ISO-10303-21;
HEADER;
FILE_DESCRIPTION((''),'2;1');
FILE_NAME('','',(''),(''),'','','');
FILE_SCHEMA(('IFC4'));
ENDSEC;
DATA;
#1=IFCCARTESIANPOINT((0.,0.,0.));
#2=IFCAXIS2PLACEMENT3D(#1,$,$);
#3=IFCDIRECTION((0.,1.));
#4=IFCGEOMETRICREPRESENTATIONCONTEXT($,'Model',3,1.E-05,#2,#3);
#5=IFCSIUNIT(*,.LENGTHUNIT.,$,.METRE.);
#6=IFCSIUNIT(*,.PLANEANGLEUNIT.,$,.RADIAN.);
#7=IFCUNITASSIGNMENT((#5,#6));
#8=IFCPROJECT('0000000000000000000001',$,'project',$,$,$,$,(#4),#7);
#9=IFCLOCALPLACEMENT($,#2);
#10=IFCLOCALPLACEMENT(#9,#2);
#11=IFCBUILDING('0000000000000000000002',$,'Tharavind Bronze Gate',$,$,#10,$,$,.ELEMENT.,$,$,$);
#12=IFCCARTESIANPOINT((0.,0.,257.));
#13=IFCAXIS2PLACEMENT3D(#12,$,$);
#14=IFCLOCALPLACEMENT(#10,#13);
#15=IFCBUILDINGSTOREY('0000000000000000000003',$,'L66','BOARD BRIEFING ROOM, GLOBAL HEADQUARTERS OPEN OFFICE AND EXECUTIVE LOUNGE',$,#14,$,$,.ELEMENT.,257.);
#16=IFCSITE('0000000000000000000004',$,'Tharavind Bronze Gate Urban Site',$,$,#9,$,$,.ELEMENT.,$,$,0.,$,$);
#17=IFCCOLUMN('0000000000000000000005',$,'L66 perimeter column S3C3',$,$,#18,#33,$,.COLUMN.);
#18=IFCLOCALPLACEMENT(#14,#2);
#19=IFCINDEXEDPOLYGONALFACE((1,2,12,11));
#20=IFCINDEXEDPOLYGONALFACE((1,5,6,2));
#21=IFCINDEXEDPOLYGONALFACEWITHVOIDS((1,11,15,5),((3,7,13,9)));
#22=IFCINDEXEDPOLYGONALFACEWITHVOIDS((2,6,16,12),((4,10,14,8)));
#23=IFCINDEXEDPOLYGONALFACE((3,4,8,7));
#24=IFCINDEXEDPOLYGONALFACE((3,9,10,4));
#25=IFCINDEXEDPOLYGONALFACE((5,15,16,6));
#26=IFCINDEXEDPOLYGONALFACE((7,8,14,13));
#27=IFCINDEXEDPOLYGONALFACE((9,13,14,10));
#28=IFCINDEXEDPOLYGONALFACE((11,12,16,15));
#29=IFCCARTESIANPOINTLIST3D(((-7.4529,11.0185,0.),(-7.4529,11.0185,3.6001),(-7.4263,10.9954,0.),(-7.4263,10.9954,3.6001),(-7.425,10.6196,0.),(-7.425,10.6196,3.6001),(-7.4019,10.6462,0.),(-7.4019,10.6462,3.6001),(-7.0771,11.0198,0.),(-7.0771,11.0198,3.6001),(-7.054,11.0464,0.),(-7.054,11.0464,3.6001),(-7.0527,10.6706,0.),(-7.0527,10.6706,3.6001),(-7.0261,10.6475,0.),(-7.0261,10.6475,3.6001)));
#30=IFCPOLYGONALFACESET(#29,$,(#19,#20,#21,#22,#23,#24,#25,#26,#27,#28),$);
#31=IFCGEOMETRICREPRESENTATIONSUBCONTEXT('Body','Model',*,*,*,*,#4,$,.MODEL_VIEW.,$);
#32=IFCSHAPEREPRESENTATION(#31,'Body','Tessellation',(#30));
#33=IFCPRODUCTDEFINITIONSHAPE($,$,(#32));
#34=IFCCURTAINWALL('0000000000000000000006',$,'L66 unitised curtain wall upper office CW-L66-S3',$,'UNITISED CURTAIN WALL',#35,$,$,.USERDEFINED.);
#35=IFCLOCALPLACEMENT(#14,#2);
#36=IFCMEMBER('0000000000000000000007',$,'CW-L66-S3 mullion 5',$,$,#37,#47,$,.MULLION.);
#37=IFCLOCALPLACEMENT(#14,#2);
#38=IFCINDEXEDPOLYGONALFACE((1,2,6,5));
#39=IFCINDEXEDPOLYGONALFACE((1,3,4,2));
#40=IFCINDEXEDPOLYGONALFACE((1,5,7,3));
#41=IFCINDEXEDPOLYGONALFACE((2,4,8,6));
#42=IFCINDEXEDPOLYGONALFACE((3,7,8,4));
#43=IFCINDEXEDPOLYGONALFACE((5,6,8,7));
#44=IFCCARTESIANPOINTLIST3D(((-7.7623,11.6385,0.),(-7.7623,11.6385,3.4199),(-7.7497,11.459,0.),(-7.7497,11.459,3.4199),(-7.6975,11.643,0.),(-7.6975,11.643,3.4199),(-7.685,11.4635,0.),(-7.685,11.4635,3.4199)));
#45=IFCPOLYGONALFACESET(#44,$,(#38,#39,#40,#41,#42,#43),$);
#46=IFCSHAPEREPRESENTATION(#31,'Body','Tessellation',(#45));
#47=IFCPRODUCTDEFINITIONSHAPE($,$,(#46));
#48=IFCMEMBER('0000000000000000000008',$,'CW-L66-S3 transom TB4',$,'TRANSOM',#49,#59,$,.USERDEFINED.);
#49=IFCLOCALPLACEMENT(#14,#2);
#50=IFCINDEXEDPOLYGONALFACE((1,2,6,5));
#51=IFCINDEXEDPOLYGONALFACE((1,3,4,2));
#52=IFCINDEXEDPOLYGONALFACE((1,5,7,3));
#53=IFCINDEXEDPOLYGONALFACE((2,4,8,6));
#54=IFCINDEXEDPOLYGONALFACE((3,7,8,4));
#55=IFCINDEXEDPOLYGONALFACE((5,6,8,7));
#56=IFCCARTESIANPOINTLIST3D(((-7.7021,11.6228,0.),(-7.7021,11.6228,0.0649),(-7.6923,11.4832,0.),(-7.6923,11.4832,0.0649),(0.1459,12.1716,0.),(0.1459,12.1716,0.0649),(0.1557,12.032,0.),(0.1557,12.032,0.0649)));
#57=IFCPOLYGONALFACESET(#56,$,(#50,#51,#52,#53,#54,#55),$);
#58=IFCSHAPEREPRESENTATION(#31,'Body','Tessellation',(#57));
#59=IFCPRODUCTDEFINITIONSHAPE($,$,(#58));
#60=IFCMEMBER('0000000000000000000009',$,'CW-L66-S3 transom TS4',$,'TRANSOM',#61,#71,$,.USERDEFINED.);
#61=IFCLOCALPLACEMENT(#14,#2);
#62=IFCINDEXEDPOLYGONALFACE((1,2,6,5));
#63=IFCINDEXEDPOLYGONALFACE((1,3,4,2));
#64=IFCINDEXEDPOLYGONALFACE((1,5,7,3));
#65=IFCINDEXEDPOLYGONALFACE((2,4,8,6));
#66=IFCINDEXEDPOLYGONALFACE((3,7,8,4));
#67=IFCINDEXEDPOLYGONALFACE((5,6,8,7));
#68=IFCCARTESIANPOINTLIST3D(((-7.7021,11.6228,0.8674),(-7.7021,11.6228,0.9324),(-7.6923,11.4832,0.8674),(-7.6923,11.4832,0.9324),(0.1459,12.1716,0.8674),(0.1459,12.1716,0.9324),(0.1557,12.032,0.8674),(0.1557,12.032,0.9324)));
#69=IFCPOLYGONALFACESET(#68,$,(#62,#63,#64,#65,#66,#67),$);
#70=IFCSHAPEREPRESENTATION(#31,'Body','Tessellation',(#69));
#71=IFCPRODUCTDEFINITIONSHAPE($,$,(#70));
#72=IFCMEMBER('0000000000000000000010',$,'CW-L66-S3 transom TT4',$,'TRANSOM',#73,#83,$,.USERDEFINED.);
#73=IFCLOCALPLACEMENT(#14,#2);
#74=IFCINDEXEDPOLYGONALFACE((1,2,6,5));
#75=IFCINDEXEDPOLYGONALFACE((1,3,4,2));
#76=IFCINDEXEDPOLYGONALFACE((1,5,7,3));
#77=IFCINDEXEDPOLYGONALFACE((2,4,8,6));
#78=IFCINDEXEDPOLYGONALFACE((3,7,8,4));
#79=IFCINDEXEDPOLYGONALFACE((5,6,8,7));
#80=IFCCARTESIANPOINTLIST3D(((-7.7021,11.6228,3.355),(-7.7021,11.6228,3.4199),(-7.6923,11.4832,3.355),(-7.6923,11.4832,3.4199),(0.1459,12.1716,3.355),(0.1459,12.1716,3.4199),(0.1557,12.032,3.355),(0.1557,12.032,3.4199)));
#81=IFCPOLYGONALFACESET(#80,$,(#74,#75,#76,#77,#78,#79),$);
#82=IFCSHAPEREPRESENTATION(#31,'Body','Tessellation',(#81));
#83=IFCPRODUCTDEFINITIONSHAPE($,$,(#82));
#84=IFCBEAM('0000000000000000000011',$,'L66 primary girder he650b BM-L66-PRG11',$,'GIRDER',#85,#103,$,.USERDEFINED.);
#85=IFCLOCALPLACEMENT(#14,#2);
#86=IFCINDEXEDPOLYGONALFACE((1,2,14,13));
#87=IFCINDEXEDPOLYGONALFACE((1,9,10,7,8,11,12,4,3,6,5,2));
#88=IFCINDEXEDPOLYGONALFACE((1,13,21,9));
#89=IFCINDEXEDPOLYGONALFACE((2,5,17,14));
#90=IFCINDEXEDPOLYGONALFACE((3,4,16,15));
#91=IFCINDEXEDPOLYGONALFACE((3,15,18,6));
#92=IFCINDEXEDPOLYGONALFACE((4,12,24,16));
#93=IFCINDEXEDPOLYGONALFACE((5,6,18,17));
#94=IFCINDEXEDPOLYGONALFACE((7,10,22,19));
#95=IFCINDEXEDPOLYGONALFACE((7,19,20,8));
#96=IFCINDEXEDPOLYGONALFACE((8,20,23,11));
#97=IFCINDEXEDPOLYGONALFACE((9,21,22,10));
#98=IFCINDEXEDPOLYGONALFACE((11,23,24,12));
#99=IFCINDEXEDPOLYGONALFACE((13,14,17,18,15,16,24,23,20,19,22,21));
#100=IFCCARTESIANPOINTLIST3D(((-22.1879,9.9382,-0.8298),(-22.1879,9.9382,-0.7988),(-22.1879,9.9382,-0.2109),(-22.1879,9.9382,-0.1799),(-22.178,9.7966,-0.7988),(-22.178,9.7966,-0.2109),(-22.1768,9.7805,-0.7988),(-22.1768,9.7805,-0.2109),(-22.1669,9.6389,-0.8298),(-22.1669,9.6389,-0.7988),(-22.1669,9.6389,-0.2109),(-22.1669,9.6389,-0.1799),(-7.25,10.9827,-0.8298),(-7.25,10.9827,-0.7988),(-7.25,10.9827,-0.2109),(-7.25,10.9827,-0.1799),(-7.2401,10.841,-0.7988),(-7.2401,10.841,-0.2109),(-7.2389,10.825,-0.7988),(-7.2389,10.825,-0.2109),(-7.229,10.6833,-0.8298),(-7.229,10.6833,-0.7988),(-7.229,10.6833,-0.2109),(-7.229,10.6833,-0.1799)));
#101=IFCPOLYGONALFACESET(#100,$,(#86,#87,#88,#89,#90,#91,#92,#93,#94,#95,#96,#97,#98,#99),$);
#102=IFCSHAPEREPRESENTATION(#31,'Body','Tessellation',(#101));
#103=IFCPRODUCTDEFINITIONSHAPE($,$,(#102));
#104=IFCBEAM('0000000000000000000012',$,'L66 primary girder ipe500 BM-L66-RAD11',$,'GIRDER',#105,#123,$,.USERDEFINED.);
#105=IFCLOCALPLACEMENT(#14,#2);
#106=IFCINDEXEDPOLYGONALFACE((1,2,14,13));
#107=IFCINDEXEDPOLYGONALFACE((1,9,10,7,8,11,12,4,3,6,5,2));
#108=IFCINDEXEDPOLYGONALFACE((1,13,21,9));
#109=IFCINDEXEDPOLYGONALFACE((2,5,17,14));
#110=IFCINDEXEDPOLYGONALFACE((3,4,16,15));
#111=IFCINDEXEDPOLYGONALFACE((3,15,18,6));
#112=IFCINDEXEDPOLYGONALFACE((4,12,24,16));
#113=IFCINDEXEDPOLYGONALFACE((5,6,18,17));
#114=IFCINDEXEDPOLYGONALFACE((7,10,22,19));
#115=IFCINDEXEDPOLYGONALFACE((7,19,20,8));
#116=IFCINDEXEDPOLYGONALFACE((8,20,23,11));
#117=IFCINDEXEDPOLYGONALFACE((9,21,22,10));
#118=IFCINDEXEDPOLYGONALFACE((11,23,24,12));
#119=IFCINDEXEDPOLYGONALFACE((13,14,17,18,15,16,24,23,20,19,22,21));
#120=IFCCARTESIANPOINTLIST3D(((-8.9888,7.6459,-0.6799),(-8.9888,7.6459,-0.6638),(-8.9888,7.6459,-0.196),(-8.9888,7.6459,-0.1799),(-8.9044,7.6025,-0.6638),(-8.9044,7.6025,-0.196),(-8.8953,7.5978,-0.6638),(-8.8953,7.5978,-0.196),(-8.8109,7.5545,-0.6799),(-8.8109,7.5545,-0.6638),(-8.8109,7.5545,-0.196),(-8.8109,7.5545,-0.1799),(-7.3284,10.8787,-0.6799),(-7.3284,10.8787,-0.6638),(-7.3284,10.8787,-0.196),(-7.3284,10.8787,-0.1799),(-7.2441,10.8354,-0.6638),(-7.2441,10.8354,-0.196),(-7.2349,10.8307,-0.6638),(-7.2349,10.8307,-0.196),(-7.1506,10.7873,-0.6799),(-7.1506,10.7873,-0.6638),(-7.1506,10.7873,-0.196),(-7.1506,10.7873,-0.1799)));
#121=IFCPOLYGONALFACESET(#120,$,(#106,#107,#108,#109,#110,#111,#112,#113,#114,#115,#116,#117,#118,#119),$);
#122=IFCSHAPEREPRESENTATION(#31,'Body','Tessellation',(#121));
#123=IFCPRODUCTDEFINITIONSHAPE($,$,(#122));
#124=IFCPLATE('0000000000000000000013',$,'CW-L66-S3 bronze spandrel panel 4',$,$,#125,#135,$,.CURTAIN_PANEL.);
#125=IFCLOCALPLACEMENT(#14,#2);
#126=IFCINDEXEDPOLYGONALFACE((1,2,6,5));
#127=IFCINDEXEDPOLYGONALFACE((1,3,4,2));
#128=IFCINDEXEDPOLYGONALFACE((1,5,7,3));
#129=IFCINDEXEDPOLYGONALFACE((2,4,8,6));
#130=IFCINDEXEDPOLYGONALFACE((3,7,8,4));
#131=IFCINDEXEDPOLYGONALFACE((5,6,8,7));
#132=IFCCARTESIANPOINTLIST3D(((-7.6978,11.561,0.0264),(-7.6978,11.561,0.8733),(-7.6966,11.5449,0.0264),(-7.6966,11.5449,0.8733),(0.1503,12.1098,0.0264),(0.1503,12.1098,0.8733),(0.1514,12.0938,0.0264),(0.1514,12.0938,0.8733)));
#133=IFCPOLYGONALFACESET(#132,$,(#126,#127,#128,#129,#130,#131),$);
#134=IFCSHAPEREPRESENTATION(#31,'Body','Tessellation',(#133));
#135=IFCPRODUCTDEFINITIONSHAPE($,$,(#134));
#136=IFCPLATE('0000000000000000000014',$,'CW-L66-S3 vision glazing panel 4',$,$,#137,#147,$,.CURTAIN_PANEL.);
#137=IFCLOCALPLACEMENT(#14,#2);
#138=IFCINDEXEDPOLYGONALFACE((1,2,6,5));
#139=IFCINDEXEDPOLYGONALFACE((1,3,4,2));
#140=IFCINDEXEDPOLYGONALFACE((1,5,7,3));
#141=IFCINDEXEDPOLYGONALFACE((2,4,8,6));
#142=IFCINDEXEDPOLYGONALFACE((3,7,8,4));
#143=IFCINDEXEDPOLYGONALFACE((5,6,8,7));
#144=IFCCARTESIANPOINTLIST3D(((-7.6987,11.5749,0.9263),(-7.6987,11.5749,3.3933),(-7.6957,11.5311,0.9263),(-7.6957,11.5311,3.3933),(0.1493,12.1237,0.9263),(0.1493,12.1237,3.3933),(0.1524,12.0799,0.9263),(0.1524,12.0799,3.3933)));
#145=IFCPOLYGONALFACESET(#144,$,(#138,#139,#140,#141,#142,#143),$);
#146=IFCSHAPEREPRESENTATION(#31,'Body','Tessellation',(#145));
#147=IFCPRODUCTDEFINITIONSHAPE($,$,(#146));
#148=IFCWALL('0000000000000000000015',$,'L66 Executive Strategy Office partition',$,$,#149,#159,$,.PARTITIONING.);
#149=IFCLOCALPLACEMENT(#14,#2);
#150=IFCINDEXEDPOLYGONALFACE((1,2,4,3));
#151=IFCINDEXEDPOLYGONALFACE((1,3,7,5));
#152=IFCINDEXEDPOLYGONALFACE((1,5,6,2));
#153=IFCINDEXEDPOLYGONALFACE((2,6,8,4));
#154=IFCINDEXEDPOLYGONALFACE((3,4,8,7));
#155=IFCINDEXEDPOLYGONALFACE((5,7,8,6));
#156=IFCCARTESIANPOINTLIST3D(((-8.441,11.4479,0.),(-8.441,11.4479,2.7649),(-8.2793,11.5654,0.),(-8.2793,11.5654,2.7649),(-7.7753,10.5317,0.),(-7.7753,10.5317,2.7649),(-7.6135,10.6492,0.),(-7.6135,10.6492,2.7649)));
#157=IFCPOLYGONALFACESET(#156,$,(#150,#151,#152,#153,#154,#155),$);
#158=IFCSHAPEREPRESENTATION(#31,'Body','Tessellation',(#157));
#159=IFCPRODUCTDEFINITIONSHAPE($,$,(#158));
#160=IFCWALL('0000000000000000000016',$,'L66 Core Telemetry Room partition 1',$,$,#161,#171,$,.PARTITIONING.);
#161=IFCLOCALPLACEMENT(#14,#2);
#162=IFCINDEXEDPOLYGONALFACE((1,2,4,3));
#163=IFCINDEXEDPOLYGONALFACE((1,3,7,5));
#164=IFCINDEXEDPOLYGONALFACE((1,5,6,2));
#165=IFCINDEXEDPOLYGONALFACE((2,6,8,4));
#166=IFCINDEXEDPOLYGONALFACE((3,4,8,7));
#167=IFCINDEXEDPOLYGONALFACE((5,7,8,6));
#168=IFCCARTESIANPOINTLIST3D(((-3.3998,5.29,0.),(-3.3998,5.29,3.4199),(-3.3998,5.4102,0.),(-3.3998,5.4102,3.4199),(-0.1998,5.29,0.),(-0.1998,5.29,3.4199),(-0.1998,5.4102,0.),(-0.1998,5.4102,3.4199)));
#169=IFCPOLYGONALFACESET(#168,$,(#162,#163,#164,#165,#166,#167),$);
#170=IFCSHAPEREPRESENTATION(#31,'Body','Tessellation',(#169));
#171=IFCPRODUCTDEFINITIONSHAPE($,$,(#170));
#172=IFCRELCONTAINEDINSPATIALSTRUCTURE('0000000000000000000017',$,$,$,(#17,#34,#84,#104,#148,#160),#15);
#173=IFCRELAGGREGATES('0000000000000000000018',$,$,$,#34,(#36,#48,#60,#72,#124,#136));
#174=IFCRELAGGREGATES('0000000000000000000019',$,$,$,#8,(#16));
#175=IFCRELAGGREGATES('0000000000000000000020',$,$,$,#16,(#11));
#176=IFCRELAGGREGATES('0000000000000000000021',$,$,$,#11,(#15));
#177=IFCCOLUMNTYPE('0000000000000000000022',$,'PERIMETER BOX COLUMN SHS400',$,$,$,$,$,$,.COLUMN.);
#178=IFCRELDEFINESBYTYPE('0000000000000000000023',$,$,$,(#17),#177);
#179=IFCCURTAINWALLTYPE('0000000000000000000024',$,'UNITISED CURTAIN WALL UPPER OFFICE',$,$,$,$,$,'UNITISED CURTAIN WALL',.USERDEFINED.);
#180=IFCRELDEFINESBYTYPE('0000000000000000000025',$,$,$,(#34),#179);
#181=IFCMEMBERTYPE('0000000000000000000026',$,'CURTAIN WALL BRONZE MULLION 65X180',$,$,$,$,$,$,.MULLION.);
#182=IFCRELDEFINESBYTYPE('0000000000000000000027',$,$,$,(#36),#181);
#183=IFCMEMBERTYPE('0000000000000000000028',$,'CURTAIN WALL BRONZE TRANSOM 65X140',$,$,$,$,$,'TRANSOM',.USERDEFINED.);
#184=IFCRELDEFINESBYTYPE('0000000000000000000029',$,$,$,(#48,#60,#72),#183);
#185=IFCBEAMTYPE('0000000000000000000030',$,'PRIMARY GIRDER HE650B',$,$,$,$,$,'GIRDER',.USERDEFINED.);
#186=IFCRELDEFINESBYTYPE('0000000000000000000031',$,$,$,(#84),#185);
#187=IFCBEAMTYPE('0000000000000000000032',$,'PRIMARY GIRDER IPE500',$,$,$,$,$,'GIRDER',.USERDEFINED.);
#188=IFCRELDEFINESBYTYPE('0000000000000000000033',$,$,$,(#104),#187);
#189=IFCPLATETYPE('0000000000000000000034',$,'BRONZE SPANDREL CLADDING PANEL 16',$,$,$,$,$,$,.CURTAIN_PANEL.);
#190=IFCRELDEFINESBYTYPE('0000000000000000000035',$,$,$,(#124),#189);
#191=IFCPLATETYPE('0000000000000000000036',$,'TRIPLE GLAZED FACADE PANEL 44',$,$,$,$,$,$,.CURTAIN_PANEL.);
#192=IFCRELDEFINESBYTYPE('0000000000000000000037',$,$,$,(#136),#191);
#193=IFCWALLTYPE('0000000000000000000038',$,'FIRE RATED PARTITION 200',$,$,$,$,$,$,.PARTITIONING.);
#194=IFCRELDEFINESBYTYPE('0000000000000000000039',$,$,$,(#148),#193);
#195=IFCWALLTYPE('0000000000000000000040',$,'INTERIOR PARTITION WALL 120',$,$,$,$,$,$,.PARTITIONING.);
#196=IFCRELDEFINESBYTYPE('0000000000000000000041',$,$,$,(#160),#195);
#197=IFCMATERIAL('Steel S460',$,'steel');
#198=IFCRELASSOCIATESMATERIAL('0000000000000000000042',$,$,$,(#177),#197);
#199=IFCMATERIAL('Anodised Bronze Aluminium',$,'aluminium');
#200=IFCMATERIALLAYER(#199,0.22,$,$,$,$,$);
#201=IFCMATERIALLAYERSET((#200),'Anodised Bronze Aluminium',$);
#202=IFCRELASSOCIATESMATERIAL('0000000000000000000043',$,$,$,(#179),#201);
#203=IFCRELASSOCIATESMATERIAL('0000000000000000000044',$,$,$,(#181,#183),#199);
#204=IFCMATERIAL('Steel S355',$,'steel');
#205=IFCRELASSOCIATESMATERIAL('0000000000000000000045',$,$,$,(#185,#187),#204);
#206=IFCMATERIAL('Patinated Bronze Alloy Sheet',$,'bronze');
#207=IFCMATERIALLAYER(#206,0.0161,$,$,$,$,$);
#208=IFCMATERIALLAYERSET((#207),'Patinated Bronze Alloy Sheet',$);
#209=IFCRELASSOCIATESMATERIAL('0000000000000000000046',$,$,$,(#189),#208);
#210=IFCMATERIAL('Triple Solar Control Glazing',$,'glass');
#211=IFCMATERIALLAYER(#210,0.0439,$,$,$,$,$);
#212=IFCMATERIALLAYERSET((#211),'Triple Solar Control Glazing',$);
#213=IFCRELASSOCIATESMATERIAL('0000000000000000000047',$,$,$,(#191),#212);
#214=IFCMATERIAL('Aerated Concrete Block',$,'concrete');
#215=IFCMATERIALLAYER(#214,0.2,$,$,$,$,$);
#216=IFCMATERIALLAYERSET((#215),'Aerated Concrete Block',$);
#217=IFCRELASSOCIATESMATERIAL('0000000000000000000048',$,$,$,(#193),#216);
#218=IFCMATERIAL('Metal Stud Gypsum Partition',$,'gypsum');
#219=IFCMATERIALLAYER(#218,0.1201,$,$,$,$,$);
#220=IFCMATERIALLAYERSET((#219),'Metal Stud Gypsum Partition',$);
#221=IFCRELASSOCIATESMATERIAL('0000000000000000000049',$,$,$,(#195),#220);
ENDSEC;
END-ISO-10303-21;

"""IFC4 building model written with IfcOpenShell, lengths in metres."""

from ifc_helpers import new_model, si_unit, direction, frame, frame_2d, origin, origin_2d, place, context, subcontext, project, spatial, rectangle, hollow_rectangle, i_section, extrude, material, layer, layer_set, material_profile, profile_set, type_object, element, aggregate, save


model = new_model("IFC4")

# Units and contexts
model_context = context("Model", 3, precision=1e-05, world=origin(), true_north=direction((0.0, 1.0)))
body_context = subcontext(model_context, "Body", "Model", "MODEL_VIEW")
ifc_project = project(units=[si_unit("LENGTHUNIT", "METRE"), si_unit("PLANEANGLEUNIT", "RADIAN")], contexts=[model_context])

# Site, building, storey
site_placement = place(None, origin())
site = spatial("IfcSite", under=ifc_project, at=site_placement, Name="Tharavind Bronze Gate Urban Site", CompositionType="ELEMENT", RefElevation=0.0)
building_placement = place(site_placement, origin())
building = spatial("IfcBuilding", under=site, at=building_placement, Name="Tharavind Bronze Gate", CompositionType="ELEMENT")
storey_placement = place(building_placement, frame((0.0, 0.0, 257.0)))
storey = spatial("IfcBuildingStorey", under=building, at=storey_placement, Name="L66", Description="BOARD BRIEFING ROOM, GLOBAL HEADQUARTERS OPEN OFFICE AND EXECUTIVE LOUNGE", CompositionType="ELEMENT", Elevation=257.0)

# Column
ifc_material_1 = material(Name="Steel S460", Category="steel")
ifc_material_profile_1 = material_profile(ifc_material_1, hollow_rectangle(XDim=0.3999, YDim=0.3999, WallThickness=0.0249, at=origin_2d()), Name="SHS400X25")
ifc_profile_set_1 = profile_set([ifc_material_profile_1], Name="Steel S460")
column_type = type_object("IfcColumnType", Name="PERIMETER BOX COLUMN SHS400", PredefinedType="COLUMN", material=ifc_profile_set_1)
column_placement = place(storey_placement, frame((-7.2395, 10.833, 0.0), z_axis=(0.0, 0.0, 1.0), x_axis=(0.997564, 0.069758, 0.0)))
element("IfcColumn", 1, at=column_placement, inside=storey, type_object=column_type, Name="L66 perimeter column S3C3", PredefinedType="COLUMN", context=body_context, shape_type="SweptSolid", body=[
    extrude(hollow_rectangle(XDim=0.3999, YDim=0.3999, WallThickness=0.0249, at=origin_2d()), origin(), (0.0, 0.0, 1.0), 3.6001),
])

# Curtain wall, members
ifc_material_2 = material(Name="Anodised Bronze Aluminium", Category="aluminium")
ifc_layer_1 = layer(ifc_material_2, 0.22)
ifc_layer_set_1 = layer_set([ifc_layer_1], Name="Anodised Bronze Aluminium")
curtain_wall_type = type_object("IfcCurtainWallType", Name="UNITISED CURTAIN WALL UPPER OFFICE", ElementType="UNITISED CURTAIN WALL", PredefinedType="USERDEFINED", material=ifc_layer_set_1)
curtain_wall_placement = place(storey_placement, origin())
curtain_wall = element("IfcCurtainWall", 2, at=curtain_wall_placement, inside=storey, type_object=curtain_wall_type, Name="L66 unitised curtain wall upper office CW-L66-S3", ObjectType="UNITISED CURTAIN WALL", PredefinedType="USERDEFINED")
member_type_1 = type_object("IfcMemberType", Name="CURTAIN WALL BRONZE MULLION 65X180", PredefinedType="MULLION", material=ifc_material_2)
member_1_placement = place(storey_placement, frame((-7.7236, 11.551, 0.0), z_axis=(0.0, 0.0, 1.0), x_axis=(-0.997564, -0.06976, 0.0)))
member_1 = element("IfcMember", 3, at=member_1_placement, type_object=member_type_1, Name="CW-L66-S3 mullion 5", PredefinedType="MULLION", context=body_context, shape_type="SweptSolid", body=[
    extrude(rectangle(XDim=0.0649, YDim=0.1799, at=origin_2d()), origin(), (0.0, 0.0, 1.0), 3.4199),
])
member_type_2 = type_object("IfcMemberType", Name="CURTAIN WALL BRONZE TRANSOM 65X140", ElementType="TRANSOM", PredefinedType="USERDEFINED", material=ifc_material_2)
member_2_placement = place(storey_placement, frame((-3.7732, 11.8274, 0.0), z_axis=(0.0, 0.0, 1.0), x_axis=(-0.997564, -0.06976, 0.0)))
member_2 = element("IfcMember", 4, at=member_2_placement, type_object=member_type_2, Name="CW-L66-S3 transom TB4", ObjectType="TRANSOM", PredefinedType="USERDEFINED", context=body_context, shape_type="SweptSolid", body=[
    extrude(rectangle(XDim=7.8672, YDim=0.1399, at=origin_2d()), origin(), (0.0, 0.0, 1.0), 0.0649),
])
member_3_placement = place(storey_placement, frame((-3.7732, 11.8274, 0.8674), z_axis=(0.0, 0.0, 1.0), x_axis=(-0.997564, -0.06976, 0.0)))
member_3 = element("IfcMember", 5, at=member_3_placement, type_object=member_type_2, Name="CW-L66-S3 transom TS4", ObjectType="TRANSOM", PredefinedType="USERDEFINED", context=body_context, shape_type="SweptSolid", body=[
    extrude(rectangle(XDim=7.8672, YDim=0.1399, at=origin_2d()), origin(), (0.0, 0.0, 1.0), 0.0649),
])
member_4_placement = place(storey_placement, frame((-3.7732, 11.8274, 3.355), z_axis=(0.0, 0.0, 1.0), x_axis=(-0.997564, -0.06976, 0.0)))
member_4 = element("IfcMember", 6, at=member_4_placement, type_object=member_type_2, Name="CW-L66-S3 transom TT4", ObjectType="TRANSOM", PredefinedType="USERDEFINED", context=body_context, shape_type="SweptSolid", body=[
    extrude(rectangle(XDim=7.8672, YDim=0.1399, at=origin_2d()), origin(), (0.0, 0.0, 1.0), 0.0649),
])

# Beams
ifc_material_3 = material(Name="Steel S355", Category="steel")
ifc_material_profile_2 = material_profile(ifc_material_3, i_section(OverallWidth=0.3, OverallDepth=0.6499, WebThickness=0.0161, FlangeThickness=0.031, at=origin_2d()), Name="HE650B")
ifc_profile_set_2 = profile_set([ifc_material_profile_2], Name="Steel S355")
beam_type_1 = type_object("IfcBeamType", Name="PRIMARY GIRDER HE650B", ElementType="GIRDER", PredefinedType="USERDEFINED", material=ifc_profile_set_2)
beam_1_placement = place(storey_placement, frame((-7.2395, 10.833, -0.5049), z_axis=(-0.997565, -0.069748, 0.0), x_axis=(0.069748, -0.997565, 0.0)))
element("IfcBeam", 7, at=beam_1_placement, inside=storey, type_object=beam_type_1, Name="L66 primary girder he650b BM-L66-PRG11", ObjectType="GIRDER", PredefinedType="USERDEFINED", context=body_context, shape_type="SweptSolid", body=[
    extrude(i_section(OverallWidth=0.3, OverallDepth=0.6499, WebThickness=0.0161, FlangeThickness=0.031, at=origin_2d()), origin(), (0.0, 0.0, 1.0), 14.9744),
])
ifc_material_profile_3 = material_profile(ifc_material_3, i_section(OverallWidth=0.2, OverallDepth=0.5, WebThickness=0.0103, FlangeThickness=0.0161, at=origin_2d()), Name="IPE500")
ifc_profile_set_3 = profile_set([ifc_material_profile_3], Name="Steel S355")
beam_type_2 = type_object("IfcBeamType", Name="PRIMARY GIRDER IPE500", ElementType="GIRDER", PredefinedType="USERDEFINED", material=ifc_profile_set_3)
beam_2_placement = place(storey_placement, frame((-7.2395, 10.833, -0.4299), z_axis=(-0.456861, -0.889538, 0.0), x_axis=(0.889538, -0.456861, 0.0)))
element("IfcBeam", 8, at=beam_2_placement, inside=storey, type_object=beam_type_2, Name="L66 primary girder ipe500 BM-L66-RAD11", ObjectType="GIRDER", PredefinedType="USERDEFINED", context=body_context, shape_type="SweptSolid", body=[
    extrude(i_section(OverallWidth=0.2, OverallDepth=0.5, WebThickness=0.0103, FlangeThickness=0.0161, at=origin_2d()), origin(), (0.0, 0.0, 1.0), 3.6343),
])

# Plates
ifc_material_4 = material(Name="Patinated Bronze Alloy Sheet", Category="bronze")
ifc_layer_2 = layer(ifc_material_4, 0.0161)
ifc_layer_set_2 = layer_set([ifc_layer_2], Name="Patinated Bronze Alloy Sheet")
plate_type_1 = type_object("IfcPlateType", Name="BRONZE SPANDREL CLADDING PANEL 16", PredefinedType="CURTAIN_PANEL", material=ifc_layer_set_2)
plate_1_placement = place(storey_placement, frame((-3.7732, 11.8274, 0.0264), z_axis=(0.0, 0.0, 1.0), x_axis=(-0.997564, -0.06976, 0.0)))
plate_1 = element("IfcPlate", 9, at=plate_1_placement, type_object=plate_type_1, Name="CW-L66-S3 bronze spandrel panel 4", PredefinedType="CURTAIN_PANEL", context=body_context, shape_type="SweptSolid", body=[
    extrude(rectangle(XDim=7.8672, YDim=0.0161, at=origin_2d()), origin(), (0.0, 0.0, 1.0), 0.8469),
])
ifc_material_5 = material(Name="Triple Solar Control Glazing", Category="glass")
ifc_layer_3 = layer(ifc_material_5, 0.0439)
ifc_layer_set_3 = layer_set([ifc_layer_3], Name="Triple Solar Control Glazing")
plate_type_2 = type_object("IfcPlateType", Name="TRIPLE GLAZED FACADE PANEL 44", PredefinedType="CURTAIN_PANEL", material=ifc_layer_set_3)
plate_2_placement = place(storey_placement, frame((-3.7732, 11.8274, 0.9263), z_axis=(0.0, 0.0, 1.0), x_axis=(-0.997564, -0.06976, 0.0)))
plate_2 = element("IfcPlate", 10, at=plate_2_placement, type_object=plate_type_2, Name="CW-L66-S3 vision glazing panel 4", PredefinedType="CURTAIN_PANEL", context=body_context, shape_type="SweptSolid", body=[
    extrude(rectangle(XDim=7.8672, YDim=0.0439, at=origin_2d()), origin(), (0.0, 0.0, 1.0), 2.467),
])
aggregate(curtain_wall, [member_1, member_2, member_3, member_4, plate_1, plate_2])

# Walls
ifc_material_6 = material(Name="Aerated Concrete Block", Category="concrete")
ifc_layer_4 = layer(ifc_material_6, 0.2)
ifc_layer_set_4 = layer_set([ifc_layer_4], Name="Aerated Concrete Block")
wall_type_1 = type_object("IfcWallType", Name="FIRE RATED PARTITION 200", PredefinedType="PARTITIONING", material=ifc_layer_set_4)
wall_1_placement = place(storey_placement, frame((-7.6943, 10.5903, 0.0), z_axis=(0.0, 0.0, 1.0), x_axis=(-0.587826, 0.808988, 0.0)))
element("IfcWall", 11, at=wall_1_placement, inside=storey, type_object=wall_type_1, Name="L66 Executive Strategy Office partition", PredefinedType="PARTITIONING", context=body_context, shape_type="SweptSolid", body=[
    extrude(rectangle(XDim=1.1326, YDim=0.2, at=frame_2d((0.5664, 0.0))), origin(), (0.0, 0.0, 1.0), 2.7649),
])
ifc_material_7 = material(Name="Metal Stud Gypsum Partition", Category="gypsum")
ifc_layer_5 = layer(ifc_material_7, 0.1201)
ifc_layer_set_5 = layer_set([ifc_layer_5], Name="Metal Stud Gypsum Partition")
wall_type_2 = type_object("IfcWallType", Name="INTERIOR PARTITION WALL 120", PredefinedType="PARTITIONING", material=ifc_layer_set_5)
wall_2_placement = place(storey_placement, frame((-3.3999, 5.3501, 0.0), z_axis=(0.0, 0.0, 1.0), x_axis=(1.0, 0.0, 0.0)))
element("IfcWall", 12, at=wall_2_placement, inside=storey, type_object=wall_type_2, Name="L66 Core Telemetry Room partition 1", PredefinedType="PARTITIONING", context=body_context, shape_type="SweptSolid", body=[
    extrude(rectangle(XDim=3.2, YDim=0.1201, at=frame_2d((1.6001, 0.0))), origin(), (0.0, 0.0, 1.0), 3.4199),
])

save(model, "model.ifc")
